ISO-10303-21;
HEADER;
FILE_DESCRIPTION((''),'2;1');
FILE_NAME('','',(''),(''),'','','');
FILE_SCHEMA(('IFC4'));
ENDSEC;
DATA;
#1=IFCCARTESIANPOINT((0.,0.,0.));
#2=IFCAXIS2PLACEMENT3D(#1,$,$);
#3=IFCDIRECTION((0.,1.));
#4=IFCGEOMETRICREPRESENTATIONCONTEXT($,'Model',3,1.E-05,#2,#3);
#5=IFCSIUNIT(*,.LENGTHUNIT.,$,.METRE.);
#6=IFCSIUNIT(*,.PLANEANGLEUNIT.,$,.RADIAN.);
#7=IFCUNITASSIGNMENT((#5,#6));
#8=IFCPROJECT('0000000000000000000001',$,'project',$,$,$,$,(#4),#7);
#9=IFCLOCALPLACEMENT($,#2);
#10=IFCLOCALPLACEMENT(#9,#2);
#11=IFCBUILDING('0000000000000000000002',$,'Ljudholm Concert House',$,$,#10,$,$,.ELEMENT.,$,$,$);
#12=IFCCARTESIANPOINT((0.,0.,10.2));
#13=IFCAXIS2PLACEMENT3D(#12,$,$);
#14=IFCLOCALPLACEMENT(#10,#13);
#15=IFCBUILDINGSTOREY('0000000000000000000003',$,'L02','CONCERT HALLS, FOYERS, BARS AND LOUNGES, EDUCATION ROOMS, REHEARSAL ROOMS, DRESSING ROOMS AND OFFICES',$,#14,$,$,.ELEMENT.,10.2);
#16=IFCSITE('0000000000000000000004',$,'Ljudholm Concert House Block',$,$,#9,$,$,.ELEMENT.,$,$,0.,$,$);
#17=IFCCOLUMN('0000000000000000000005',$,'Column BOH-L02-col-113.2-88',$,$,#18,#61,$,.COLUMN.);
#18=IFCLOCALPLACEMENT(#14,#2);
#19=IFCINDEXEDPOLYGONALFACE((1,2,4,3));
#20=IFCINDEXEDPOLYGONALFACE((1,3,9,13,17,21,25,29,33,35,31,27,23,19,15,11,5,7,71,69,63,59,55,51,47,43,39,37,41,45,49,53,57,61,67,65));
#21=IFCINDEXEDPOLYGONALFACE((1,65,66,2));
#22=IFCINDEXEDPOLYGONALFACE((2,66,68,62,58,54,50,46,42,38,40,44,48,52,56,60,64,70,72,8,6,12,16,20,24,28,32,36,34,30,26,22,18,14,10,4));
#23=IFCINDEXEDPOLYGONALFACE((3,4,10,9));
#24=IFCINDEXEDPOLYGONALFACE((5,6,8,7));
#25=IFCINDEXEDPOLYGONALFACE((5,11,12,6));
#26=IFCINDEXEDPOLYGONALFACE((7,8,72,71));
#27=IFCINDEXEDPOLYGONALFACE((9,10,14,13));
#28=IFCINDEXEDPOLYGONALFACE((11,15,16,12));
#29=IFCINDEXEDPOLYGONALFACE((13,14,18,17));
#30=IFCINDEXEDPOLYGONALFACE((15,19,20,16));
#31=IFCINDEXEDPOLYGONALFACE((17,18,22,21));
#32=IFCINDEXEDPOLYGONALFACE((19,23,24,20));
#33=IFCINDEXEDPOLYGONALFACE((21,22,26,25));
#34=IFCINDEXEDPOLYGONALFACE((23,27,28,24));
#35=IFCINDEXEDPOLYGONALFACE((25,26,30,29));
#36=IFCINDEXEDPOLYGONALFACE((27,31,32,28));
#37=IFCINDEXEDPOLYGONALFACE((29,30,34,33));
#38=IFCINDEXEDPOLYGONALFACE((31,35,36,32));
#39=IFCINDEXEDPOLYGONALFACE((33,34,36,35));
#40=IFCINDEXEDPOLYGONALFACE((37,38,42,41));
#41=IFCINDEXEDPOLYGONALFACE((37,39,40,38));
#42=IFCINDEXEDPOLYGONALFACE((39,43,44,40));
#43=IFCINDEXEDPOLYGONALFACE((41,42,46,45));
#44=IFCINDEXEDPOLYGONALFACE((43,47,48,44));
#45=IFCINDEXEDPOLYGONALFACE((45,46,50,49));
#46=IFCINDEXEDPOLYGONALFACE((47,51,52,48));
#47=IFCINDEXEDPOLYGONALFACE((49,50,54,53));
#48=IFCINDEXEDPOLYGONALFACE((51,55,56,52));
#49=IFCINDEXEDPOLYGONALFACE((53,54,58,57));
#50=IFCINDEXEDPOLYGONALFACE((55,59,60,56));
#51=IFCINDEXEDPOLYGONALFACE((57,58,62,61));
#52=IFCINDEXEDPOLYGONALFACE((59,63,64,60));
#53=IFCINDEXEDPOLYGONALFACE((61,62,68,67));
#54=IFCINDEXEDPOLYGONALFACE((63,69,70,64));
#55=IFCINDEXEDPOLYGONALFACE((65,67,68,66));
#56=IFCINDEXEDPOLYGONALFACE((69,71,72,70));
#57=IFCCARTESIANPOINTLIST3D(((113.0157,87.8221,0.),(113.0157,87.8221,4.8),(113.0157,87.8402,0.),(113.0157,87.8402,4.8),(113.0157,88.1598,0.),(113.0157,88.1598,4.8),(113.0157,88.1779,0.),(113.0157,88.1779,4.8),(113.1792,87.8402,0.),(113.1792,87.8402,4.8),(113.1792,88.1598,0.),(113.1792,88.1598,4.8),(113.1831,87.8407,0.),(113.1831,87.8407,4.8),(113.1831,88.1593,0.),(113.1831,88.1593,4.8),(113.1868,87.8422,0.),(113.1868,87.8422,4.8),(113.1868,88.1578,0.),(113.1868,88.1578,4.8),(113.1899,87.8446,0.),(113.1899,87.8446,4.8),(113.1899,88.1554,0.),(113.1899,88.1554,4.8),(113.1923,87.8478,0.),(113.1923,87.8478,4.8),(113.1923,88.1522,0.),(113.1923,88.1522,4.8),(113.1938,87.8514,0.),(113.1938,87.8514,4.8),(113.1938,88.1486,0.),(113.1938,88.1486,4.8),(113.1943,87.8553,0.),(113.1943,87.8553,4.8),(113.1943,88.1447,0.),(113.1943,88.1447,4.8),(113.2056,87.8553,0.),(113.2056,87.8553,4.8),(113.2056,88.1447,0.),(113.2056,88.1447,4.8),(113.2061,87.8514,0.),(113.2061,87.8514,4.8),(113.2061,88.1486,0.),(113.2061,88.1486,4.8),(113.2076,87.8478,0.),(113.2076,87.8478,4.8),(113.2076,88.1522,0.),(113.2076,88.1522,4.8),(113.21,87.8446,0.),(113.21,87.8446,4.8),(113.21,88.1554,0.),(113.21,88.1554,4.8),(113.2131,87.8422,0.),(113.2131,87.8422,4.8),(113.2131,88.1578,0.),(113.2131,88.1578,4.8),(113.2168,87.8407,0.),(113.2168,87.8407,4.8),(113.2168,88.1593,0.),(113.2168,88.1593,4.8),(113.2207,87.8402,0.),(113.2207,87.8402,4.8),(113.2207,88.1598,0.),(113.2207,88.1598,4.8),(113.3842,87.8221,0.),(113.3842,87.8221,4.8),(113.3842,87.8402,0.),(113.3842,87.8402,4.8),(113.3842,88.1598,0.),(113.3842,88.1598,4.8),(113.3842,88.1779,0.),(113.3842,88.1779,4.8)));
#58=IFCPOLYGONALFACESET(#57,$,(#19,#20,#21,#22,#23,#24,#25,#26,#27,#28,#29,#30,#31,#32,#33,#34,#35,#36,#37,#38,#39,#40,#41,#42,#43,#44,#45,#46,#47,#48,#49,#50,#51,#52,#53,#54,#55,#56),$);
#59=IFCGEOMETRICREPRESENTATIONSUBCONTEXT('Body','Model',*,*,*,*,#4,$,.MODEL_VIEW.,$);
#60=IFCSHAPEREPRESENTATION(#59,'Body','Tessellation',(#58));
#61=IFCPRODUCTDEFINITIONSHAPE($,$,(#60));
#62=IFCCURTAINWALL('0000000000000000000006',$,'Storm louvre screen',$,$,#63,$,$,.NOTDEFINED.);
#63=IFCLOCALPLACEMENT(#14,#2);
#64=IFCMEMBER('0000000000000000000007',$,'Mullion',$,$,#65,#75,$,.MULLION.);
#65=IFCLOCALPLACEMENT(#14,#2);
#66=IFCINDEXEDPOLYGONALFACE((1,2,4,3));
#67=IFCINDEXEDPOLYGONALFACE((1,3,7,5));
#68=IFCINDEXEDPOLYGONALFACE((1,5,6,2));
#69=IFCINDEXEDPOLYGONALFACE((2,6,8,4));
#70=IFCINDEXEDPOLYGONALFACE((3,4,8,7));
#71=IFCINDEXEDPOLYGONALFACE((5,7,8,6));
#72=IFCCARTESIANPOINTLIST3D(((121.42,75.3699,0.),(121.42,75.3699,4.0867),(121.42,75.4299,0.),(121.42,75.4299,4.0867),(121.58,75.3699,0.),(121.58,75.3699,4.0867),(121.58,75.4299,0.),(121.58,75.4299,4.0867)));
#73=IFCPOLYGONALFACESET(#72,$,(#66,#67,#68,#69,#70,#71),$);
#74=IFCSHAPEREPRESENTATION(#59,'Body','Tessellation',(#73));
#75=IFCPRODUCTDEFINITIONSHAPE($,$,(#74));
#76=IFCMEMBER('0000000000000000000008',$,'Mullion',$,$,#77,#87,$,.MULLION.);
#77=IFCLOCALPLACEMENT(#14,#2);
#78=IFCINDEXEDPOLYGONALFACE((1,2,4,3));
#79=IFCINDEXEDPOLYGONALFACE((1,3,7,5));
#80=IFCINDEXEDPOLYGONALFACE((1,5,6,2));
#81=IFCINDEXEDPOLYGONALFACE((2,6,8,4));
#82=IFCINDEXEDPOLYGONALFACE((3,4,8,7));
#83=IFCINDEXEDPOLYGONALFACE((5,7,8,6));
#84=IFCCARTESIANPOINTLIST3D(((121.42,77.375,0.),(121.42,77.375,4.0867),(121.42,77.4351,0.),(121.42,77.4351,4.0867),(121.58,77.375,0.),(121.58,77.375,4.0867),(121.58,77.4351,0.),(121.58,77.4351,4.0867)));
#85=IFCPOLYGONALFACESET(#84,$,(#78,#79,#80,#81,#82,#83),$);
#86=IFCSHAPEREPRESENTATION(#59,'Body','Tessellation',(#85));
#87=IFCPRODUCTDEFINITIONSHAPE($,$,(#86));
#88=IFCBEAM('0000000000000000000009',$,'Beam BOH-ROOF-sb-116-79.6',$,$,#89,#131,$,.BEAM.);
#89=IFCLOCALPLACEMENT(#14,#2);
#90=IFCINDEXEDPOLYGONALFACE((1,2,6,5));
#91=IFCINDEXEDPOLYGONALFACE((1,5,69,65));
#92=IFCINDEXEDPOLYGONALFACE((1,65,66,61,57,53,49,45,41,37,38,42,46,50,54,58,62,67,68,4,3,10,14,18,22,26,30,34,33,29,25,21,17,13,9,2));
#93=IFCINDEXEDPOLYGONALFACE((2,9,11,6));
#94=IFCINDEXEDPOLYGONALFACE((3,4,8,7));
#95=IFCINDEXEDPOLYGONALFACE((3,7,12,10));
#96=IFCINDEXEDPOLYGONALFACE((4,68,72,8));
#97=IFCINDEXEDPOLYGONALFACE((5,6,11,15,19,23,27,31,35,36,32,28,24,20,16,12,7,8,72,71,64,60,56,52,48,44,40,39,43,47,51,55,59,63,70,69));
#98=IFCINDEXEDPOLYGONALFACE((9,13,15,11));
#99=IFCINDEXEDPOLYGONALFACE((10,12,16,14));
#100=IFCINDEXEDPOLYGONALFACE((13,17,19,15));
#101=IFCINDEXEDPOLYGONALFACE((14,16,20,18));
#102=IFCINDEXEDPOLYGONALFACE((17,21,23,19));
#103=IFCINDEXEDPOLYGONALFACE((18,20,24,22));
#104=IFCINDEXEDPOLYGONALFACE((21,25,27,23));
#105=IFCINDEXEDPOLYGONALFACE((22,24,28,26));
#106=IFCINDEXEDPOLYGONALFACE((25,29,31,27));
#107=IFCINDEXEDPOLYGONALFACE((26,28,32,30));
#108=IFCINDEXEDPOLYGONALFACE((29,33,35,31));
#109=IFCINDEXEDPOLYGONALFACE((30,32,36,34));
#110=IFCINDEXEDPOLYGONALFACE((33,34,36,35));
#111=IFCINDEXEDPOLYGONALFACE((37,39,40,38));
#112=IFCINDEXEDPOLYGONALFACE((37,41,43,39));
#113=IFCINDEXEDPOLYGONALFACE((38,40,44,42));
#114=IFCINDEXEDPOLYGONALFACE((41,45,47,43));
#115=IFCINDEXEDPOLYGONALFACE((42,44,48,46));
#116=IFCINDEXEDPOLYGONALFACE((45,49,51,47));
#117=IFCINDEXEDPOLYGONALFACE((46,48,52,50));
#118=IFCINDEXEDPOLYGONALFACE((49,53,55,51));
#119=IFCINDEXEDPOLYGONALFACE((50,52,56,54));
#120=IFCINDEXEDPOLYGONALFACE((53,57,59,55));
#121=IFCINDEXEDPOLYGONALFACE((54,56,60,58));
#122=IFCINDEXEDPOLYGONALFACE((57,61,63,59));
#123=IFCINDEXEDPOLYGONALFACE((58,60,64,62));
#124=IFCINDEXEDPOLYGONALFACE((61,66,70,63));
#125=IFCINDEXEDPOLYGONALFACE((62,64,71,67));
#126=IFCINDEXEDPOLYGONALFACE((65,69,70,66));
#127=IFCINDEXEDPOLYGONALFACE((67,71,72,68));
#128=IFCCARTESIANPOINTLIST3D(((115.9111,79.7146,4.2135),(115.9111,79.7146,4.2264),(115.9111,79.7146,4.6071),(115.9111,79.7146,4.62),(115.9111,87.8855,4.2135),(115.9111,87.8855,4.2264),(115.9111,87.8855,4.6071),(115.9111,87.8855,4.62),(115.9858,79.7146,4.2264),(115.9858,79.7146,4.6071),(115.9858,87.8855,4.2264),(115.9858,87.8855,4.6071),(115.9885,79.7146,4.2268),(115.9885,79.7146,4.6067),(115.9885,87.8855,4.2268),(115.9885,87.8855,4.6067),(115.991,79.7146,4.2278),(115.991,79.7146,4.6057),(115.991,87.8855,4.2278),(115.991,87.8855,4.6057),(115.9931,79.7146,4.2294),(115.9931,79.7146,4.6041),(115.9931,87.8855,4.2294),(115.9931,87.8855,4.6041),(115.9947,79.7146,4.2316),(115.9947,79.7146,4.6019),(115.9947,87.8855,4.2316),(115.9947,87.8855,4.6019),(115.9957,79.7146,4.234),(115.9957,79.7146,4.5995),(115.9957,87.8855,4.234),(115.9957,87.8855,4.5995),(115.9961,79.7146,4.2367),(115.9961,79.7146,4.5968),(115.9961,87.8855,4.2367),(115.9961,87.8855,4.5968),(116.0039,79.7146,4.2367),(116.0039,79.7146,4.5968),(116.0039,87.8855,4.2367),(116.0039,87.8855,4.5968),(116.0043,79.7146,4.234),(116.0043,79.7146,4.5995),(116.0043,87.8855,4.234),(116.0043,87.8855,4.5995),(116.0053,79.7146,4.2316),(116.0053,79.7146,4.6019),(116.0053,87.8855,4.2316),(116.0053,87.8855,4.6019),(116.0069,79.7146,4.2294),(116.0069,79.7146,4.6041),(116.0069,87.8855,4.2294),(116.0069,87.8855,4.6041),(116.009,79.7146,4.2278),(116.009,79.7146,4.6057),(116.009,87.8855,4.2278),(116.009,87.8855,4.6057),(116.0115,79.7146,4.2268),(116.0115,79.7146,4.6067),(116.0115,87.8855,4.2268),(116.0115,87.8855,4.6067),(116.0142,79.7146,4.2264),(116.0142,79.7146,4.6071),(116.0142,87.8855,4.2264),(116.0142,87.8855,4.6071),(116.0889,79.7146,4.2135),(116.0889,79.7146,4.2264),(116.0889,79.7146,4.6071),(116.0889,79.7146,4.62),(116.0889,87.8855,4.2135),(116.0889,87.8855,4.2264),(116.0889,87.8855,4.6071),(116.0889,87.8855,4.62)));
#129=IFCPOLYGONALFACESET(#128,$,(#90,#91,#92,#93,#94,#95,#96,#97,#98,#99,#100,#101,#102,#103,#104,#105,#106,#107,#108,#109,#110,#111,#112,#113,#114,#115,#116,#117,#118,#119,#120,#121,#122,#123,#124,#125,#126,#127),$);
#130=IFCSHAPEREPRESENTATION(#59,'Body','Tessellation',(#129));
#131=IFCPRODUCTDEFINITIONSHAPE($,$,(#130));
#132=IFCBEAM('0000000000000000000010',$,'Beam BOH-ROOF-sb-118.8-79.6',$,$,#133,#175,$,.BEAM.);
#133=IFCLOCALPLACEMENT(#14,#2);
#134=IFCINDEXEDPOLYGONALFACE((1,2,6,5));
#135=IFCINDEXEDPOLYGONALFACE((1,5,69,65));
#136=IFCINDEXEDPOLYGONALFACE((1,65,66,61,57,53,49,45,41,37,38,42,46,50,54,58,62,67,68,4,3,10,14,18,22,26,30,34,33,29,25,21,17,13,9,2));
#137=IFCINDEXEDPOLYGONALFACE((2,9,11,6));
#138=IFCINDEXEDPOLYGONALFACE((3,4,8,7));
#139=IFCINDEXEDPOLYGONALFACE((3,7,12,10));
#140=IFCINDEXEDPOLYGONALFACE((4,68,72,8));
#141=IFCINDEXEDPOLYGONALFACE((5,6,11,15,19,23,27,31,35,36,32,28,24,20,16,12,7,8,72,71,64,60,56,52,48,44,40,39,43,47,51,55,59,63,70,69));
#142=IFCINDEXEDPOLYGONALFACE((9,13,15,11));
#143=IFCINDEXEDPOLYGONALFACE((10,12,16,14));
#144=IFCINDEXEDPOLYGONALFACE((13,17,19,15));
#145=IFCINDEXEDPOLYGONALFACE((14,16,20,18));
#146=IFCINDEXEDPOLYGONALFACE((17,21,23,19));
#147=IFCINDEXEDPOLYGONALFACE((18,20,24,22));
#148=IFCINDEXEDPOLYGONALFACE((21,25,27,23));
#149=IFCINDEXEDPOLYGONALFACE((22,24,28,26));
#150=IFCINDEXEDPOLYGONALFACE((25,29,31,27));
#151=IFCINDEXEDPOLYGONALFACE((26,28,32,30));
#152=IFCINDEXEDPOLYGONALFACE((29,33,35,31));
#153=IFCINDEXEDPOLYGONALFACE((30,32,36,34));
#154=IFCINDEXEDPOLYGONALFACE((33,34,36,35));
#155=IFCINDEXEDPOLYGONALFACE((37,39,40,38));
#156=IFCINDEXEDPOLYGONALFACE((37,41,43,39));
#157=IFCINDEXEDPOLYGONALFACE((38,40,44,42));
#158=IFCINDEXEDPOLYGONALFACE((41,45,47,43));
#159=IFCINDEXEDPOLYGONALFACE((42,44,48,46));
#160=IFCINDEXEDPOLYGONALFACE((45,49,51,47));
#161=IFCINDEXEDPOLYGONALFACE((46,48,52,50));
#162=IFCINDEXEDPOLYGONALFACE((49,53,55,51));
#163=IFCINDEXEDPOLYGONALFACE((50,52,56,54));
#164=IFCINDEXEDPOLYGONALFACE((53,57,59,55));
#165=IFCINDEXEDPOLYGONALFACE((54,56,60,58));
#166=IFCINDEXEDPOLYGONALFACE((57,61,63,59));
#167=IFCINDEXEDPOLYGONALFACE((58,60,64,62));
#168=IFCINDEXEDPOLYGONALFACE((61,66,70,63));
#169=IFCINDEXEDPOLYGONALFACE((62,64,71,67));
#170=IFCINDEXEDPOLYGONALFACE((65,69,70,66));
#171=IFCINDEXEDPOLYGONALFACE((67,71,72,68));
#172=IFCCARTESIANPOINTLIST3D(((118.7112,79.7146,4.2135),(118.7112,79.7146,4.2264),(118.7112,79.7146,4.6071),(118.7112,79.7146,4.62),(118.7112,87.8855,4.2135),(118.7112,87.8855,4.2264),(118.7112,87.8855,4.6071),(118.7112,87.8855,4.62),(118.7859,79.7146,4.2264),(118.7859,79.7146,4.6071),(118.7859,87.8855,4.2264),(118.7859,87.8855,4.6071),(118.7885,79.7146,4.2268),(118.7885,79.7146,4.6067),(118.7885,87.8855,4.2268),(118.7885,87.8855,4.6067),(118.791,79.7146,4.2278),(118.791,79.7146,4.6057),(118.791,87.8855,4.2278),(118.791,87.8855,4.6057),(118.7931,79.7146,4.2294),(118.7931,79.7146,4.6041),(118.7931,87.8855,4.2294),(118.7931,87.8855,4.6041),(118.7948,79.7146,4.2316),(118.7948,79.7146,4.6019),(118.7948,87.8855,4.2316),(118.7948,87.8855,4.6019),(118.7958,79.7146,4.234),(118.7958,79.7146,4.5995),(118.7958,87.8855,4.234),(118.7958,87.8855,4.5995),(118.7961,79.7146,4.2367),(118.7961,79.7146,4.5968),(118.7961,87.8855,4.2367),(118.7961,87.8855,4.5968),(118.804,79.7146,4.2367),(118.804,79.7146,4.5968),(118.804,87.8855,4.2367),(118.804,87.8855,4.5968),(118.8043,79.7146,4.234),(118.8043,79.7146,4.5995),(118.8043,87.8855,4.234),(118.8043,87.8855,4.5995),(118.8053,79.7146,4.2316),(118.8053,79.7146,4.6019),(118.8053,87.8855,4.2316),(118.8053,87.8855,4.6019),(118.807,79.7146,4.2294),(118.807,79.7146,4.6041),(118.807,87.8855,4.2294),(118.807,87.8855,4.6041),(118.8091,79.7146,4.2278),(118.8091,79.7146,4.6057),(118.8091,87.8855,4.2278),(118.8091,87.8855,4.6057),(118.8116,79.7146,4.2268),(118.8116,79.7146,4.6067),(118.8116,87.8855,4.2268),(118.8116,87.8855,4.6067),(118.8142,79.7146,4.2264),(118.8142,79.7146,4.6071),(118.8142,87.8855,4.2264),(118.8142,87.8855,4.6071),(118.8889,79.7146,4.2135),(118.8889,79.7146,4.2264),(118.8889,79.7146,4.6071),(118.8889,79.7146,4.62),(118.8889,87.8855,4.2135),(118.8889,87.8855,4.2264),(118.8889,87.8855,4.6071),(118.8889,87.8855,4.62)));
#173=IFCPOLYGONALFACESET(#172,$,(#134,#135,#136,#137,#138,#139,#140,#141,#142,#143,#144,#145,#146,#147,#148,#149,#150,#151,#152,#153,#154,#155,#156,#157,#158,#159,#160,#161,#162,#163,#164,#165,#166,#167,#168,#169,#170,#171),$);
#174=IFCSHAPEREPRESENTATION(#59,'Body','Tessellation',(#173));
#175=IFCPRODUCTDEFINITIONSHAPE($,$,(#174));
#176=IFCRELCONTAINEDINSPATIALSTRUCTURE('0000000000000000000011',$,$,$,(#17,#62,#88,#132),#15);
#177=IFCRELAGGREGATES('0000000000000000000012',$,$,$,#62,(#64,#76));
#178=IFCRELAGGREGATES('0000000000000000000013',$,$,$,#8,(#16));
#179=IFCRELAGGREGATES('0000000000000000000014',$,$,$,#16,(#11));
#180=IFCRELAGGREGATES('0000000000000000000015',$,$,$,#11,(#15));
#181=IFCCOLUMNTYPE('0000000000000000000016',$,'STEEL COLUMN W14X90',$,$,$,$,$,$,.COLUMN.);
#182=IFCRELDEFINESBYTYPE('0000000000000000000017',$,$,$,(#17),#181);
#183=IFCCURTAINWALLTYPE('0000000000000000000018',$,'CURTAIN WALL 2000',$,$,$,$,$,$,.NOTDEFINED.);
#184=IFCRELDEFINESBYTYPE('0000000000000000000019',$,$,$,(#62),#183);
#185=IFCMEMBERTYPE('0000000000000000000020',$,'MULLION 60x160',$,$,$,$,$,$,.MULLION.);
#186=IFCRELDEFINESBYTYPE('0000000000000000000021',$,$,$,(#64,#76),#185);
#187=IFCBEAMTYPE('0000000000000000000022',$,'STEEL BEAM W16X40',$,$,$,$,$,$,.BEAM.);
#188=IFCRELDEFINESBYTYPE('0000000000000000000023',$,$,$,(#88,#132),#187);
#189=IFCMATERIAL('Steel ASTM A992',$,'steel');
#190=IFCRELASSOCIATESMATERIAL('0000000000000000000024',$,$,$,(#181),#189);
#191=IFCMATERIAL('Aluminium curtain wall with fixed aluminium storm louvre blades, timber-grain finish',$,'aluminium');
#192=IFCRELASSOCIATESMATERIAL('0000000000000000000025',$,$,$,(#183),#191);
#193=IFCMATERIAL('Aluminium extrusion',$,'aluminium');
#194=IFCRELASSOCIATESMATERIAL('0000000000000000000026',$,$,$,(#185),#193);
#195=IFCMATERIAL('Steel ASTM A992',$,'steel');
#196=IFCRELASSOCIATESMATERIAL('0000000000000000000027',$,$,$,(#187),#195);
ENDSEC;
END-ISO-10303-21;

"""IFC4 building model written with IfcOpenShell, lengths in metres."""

from ifc_helpers import new_model, si_unit, direction, frame, origin, origin_2d, place, context, subcontext, project, spatial, rectangle, i_section, extrude, material, material_profile, profile_set, type_object, element, aggregate, save


model = new_model("IFC4")

# Units and contexts
model_context = context("Model", 3, precision=1e-05, world=origin(), true_north=direction((0.0, 1.0)))
body_context = subcontext(model_context, "Body", "Model", "MODEL_VIEW")
ifc_project = project(units=[si_unit("LENGTHUNIT", "METRE"), si_unit("PLANEANGLEUNIT", "RADIAN")], contexts=[model_context])

# Site, building, storey
site_placement = place(None, origin())
site = spatial("IfcSite", under=ifc_project, at=site_placement, Name="Ljudholm Concert House Block", CompositionType="ELEMENT", RefElevation=0.0)
building_placement = place(site_placement, origin())
building = spatial("IfcBuilding", under=site, at=building_placement, Name="Ljudholm Concert House", CompositionType="ELEMENT")
storey_placement = place(building_placement, frame((0.0, 0.0, 10.2)))
storey = spatial("IfcBuildingStorey", under=building, at=storey_placement, Name="L02", Description="CONCERT HALLS, FOYERS, BARS AND LOUNGES, EDUCATION ROOMS, REHEARSAL ROOMS, DRESSING ROOMS AND OFFICES", CompositionType="ELEMENT", Elevation=10.2)

# Column
ifc_material_1 = material(Name="Steel ASTM A992", Category="steel")
ifc_material_profile_1 = material_profile(ifc_material_1, i_section(OverallWidth=0.3684, OverallDepth=0.3557, WebThickness=0.0112, FlangeThickness=0.0181, FilletRadius=0.0151, at=origin_2d()), Name="W14X90")
ifc_profile_set_1 = profile_set([ifc_material_profile_1], Name="Steel ASTM A992")
column_type = type_object("IfcColumnType", Name="STEEL COLUMN W14X90", PredefinedType="COLUMN", material=ifc_profile_set_1)
column_placement = place(storey_placement, frame((113.2, 88.0, 0.0), z_axis=(0.0, 0.0, 1.0), x_axis=(1.0, 0.0, 0.0)))
element("IfcColumn", 1, at=column_placement, inside=storey, type_object=column_type, Name="Column BOH-L02-col-113.2-88", PredefinedType="COLUMN", context=body_context, shape_type="SweptSolid", body=[
    extrude(i_section(OverallWidth=0.3684, OverallDepth=0.3557, WebThickness=0.0112, FlangeThickness=0.0181, FilletRadius=0.0151, at=origin_2d()), origin(), (0.0, 0.0, 1.0), 4.8),
])

# Curtain wall, members
ifc_material_2 = material(Name="Aluminium curtain wall with fixed aluminium storm louvre blades, timber-grain finish", Category="aluminium")
curtain_wall_type = type_object("IfcCurtainWallType", Name="CURTAIN WALL 2000", PredefinedType="NOTDEFINED", material=ifc_material_2)
curtain_wall_placement = place(storey_placement, origin())
curtain_wall = element("IfcCurtainWall", 2, at=curtain_wall_placement, inside=storey, type_object=curtain_wall_type, Name="Storm louvre screen", PredefinedType="NOTDEFINED")
ifc_material_3 = material(Name="Aluminium extrusion", Category="aluminium")
ifc_material_profile_2 = material_profile(ifc_material_3, rectangle(XDim=0.1599, YDim=0.0601, at=origin_2d()), Name="MULLION 60x160")
ifc_profile_set_2 = profile_set([ifc_material_profile_2], Name="Aluminium extrusion")
member_type_1 = type_object("IfcMemberType", Name="MULLION 60x160", PredefinedType="MULLION", material=ifc_profile_set_2)
member_1_placement = place(storey_placement, frame((121.5, 75.3999, 0.0), z_axis=(0.0, 0.0, 1.0), x_axis=(-1.0, 0.0, 0.0)))
member_1 = element("IfcMember", 3, at=member_1_placement, type_object=member_type_1, Name="Mullion", PredefinedType="MULLION", context=body_context, shape_type="SweptSolid", body=[
    extrude(rectangle(XDim=0.1599, YDim=0.0601, at=origin_2d()), origin(), (0.0, 0.0, 1.0), 4.0867),
])
member_2_placement = place(storey_placement, frame((121.5, 77.405, 0.0), z_axis=(0.0, 0.0, 1.0), x_axis=(-1.0, 0.0, 0.0)))
member_2 = element("IfcMember", 4, at=member_2_placement, type_object=member_type_1, Name="Mullion", PredefinedType="MULLION", context=body_context, shape_type="SweptSolid", body=[
    extrude(rectangle(XDim=0.1599, YDim=0.0601, at=origin_2d()), origin(), (0.0, 0.0, 1.0), 4.0867),
])

# Beams
ifc_material_4 = material(Name="Steel ASTM A992", Category="steel")
ifc_material_profile_3 = material_profile(ifc_material_4, i_section(OverallWidth=0.1777, OverallDepth=0.4065, WebThickness=0.0078, FlangeThickness=0.0129, FilletRadius=0.0103, at=origin_2d()), Name="W16X40")
ifc_profile_set_3 = profile_set([ifc_material_profile_3], Name="Steel ASTM A992")
beam_type_1 = type_object("IfcBeamType", Name="STEEL BEAM W16X40", PredefinedType="BEAM", material=ifc_profile_set_3)
for number, where, z_axis, x_axis, name in (
    (5, (116.0, 79.7146, 4.4167), (0.0, 1.0, 0.0), (-1.0, 0.0, 0.0), "Beam BOH-ROOF-sb-116-79.6"),
    (6, (118.8, 79.7146, 4.4167), (0.0, 1.0, 0.0), (-1.0, 0.0, 0.0), "Beam BOH-ROOF-sb-118.8-79.6"),
):
    element("IfcBeam", number, at=place(storey_placement, frame(where, z_axis=z_axis, x_axis=x_axis)), inside=storey, type_object=beam_type_1, Name=name, PredefinedType="BEAM", context=body_context, shape_type="SweptSolid", body=[
        extrude(i_section(OverallWidth=0.1777, OverallDepth=0.4065, WebThickness=0.0078, FlangeThickness=0.0129, FilletRadius=0.0103, at=origin_2d()), origin(), (0.0, 0.0, 1.0), 8.1709),
    ])

aggregate(curtain_wall, [member_1, member_2])

save(model, "model.ifc")
